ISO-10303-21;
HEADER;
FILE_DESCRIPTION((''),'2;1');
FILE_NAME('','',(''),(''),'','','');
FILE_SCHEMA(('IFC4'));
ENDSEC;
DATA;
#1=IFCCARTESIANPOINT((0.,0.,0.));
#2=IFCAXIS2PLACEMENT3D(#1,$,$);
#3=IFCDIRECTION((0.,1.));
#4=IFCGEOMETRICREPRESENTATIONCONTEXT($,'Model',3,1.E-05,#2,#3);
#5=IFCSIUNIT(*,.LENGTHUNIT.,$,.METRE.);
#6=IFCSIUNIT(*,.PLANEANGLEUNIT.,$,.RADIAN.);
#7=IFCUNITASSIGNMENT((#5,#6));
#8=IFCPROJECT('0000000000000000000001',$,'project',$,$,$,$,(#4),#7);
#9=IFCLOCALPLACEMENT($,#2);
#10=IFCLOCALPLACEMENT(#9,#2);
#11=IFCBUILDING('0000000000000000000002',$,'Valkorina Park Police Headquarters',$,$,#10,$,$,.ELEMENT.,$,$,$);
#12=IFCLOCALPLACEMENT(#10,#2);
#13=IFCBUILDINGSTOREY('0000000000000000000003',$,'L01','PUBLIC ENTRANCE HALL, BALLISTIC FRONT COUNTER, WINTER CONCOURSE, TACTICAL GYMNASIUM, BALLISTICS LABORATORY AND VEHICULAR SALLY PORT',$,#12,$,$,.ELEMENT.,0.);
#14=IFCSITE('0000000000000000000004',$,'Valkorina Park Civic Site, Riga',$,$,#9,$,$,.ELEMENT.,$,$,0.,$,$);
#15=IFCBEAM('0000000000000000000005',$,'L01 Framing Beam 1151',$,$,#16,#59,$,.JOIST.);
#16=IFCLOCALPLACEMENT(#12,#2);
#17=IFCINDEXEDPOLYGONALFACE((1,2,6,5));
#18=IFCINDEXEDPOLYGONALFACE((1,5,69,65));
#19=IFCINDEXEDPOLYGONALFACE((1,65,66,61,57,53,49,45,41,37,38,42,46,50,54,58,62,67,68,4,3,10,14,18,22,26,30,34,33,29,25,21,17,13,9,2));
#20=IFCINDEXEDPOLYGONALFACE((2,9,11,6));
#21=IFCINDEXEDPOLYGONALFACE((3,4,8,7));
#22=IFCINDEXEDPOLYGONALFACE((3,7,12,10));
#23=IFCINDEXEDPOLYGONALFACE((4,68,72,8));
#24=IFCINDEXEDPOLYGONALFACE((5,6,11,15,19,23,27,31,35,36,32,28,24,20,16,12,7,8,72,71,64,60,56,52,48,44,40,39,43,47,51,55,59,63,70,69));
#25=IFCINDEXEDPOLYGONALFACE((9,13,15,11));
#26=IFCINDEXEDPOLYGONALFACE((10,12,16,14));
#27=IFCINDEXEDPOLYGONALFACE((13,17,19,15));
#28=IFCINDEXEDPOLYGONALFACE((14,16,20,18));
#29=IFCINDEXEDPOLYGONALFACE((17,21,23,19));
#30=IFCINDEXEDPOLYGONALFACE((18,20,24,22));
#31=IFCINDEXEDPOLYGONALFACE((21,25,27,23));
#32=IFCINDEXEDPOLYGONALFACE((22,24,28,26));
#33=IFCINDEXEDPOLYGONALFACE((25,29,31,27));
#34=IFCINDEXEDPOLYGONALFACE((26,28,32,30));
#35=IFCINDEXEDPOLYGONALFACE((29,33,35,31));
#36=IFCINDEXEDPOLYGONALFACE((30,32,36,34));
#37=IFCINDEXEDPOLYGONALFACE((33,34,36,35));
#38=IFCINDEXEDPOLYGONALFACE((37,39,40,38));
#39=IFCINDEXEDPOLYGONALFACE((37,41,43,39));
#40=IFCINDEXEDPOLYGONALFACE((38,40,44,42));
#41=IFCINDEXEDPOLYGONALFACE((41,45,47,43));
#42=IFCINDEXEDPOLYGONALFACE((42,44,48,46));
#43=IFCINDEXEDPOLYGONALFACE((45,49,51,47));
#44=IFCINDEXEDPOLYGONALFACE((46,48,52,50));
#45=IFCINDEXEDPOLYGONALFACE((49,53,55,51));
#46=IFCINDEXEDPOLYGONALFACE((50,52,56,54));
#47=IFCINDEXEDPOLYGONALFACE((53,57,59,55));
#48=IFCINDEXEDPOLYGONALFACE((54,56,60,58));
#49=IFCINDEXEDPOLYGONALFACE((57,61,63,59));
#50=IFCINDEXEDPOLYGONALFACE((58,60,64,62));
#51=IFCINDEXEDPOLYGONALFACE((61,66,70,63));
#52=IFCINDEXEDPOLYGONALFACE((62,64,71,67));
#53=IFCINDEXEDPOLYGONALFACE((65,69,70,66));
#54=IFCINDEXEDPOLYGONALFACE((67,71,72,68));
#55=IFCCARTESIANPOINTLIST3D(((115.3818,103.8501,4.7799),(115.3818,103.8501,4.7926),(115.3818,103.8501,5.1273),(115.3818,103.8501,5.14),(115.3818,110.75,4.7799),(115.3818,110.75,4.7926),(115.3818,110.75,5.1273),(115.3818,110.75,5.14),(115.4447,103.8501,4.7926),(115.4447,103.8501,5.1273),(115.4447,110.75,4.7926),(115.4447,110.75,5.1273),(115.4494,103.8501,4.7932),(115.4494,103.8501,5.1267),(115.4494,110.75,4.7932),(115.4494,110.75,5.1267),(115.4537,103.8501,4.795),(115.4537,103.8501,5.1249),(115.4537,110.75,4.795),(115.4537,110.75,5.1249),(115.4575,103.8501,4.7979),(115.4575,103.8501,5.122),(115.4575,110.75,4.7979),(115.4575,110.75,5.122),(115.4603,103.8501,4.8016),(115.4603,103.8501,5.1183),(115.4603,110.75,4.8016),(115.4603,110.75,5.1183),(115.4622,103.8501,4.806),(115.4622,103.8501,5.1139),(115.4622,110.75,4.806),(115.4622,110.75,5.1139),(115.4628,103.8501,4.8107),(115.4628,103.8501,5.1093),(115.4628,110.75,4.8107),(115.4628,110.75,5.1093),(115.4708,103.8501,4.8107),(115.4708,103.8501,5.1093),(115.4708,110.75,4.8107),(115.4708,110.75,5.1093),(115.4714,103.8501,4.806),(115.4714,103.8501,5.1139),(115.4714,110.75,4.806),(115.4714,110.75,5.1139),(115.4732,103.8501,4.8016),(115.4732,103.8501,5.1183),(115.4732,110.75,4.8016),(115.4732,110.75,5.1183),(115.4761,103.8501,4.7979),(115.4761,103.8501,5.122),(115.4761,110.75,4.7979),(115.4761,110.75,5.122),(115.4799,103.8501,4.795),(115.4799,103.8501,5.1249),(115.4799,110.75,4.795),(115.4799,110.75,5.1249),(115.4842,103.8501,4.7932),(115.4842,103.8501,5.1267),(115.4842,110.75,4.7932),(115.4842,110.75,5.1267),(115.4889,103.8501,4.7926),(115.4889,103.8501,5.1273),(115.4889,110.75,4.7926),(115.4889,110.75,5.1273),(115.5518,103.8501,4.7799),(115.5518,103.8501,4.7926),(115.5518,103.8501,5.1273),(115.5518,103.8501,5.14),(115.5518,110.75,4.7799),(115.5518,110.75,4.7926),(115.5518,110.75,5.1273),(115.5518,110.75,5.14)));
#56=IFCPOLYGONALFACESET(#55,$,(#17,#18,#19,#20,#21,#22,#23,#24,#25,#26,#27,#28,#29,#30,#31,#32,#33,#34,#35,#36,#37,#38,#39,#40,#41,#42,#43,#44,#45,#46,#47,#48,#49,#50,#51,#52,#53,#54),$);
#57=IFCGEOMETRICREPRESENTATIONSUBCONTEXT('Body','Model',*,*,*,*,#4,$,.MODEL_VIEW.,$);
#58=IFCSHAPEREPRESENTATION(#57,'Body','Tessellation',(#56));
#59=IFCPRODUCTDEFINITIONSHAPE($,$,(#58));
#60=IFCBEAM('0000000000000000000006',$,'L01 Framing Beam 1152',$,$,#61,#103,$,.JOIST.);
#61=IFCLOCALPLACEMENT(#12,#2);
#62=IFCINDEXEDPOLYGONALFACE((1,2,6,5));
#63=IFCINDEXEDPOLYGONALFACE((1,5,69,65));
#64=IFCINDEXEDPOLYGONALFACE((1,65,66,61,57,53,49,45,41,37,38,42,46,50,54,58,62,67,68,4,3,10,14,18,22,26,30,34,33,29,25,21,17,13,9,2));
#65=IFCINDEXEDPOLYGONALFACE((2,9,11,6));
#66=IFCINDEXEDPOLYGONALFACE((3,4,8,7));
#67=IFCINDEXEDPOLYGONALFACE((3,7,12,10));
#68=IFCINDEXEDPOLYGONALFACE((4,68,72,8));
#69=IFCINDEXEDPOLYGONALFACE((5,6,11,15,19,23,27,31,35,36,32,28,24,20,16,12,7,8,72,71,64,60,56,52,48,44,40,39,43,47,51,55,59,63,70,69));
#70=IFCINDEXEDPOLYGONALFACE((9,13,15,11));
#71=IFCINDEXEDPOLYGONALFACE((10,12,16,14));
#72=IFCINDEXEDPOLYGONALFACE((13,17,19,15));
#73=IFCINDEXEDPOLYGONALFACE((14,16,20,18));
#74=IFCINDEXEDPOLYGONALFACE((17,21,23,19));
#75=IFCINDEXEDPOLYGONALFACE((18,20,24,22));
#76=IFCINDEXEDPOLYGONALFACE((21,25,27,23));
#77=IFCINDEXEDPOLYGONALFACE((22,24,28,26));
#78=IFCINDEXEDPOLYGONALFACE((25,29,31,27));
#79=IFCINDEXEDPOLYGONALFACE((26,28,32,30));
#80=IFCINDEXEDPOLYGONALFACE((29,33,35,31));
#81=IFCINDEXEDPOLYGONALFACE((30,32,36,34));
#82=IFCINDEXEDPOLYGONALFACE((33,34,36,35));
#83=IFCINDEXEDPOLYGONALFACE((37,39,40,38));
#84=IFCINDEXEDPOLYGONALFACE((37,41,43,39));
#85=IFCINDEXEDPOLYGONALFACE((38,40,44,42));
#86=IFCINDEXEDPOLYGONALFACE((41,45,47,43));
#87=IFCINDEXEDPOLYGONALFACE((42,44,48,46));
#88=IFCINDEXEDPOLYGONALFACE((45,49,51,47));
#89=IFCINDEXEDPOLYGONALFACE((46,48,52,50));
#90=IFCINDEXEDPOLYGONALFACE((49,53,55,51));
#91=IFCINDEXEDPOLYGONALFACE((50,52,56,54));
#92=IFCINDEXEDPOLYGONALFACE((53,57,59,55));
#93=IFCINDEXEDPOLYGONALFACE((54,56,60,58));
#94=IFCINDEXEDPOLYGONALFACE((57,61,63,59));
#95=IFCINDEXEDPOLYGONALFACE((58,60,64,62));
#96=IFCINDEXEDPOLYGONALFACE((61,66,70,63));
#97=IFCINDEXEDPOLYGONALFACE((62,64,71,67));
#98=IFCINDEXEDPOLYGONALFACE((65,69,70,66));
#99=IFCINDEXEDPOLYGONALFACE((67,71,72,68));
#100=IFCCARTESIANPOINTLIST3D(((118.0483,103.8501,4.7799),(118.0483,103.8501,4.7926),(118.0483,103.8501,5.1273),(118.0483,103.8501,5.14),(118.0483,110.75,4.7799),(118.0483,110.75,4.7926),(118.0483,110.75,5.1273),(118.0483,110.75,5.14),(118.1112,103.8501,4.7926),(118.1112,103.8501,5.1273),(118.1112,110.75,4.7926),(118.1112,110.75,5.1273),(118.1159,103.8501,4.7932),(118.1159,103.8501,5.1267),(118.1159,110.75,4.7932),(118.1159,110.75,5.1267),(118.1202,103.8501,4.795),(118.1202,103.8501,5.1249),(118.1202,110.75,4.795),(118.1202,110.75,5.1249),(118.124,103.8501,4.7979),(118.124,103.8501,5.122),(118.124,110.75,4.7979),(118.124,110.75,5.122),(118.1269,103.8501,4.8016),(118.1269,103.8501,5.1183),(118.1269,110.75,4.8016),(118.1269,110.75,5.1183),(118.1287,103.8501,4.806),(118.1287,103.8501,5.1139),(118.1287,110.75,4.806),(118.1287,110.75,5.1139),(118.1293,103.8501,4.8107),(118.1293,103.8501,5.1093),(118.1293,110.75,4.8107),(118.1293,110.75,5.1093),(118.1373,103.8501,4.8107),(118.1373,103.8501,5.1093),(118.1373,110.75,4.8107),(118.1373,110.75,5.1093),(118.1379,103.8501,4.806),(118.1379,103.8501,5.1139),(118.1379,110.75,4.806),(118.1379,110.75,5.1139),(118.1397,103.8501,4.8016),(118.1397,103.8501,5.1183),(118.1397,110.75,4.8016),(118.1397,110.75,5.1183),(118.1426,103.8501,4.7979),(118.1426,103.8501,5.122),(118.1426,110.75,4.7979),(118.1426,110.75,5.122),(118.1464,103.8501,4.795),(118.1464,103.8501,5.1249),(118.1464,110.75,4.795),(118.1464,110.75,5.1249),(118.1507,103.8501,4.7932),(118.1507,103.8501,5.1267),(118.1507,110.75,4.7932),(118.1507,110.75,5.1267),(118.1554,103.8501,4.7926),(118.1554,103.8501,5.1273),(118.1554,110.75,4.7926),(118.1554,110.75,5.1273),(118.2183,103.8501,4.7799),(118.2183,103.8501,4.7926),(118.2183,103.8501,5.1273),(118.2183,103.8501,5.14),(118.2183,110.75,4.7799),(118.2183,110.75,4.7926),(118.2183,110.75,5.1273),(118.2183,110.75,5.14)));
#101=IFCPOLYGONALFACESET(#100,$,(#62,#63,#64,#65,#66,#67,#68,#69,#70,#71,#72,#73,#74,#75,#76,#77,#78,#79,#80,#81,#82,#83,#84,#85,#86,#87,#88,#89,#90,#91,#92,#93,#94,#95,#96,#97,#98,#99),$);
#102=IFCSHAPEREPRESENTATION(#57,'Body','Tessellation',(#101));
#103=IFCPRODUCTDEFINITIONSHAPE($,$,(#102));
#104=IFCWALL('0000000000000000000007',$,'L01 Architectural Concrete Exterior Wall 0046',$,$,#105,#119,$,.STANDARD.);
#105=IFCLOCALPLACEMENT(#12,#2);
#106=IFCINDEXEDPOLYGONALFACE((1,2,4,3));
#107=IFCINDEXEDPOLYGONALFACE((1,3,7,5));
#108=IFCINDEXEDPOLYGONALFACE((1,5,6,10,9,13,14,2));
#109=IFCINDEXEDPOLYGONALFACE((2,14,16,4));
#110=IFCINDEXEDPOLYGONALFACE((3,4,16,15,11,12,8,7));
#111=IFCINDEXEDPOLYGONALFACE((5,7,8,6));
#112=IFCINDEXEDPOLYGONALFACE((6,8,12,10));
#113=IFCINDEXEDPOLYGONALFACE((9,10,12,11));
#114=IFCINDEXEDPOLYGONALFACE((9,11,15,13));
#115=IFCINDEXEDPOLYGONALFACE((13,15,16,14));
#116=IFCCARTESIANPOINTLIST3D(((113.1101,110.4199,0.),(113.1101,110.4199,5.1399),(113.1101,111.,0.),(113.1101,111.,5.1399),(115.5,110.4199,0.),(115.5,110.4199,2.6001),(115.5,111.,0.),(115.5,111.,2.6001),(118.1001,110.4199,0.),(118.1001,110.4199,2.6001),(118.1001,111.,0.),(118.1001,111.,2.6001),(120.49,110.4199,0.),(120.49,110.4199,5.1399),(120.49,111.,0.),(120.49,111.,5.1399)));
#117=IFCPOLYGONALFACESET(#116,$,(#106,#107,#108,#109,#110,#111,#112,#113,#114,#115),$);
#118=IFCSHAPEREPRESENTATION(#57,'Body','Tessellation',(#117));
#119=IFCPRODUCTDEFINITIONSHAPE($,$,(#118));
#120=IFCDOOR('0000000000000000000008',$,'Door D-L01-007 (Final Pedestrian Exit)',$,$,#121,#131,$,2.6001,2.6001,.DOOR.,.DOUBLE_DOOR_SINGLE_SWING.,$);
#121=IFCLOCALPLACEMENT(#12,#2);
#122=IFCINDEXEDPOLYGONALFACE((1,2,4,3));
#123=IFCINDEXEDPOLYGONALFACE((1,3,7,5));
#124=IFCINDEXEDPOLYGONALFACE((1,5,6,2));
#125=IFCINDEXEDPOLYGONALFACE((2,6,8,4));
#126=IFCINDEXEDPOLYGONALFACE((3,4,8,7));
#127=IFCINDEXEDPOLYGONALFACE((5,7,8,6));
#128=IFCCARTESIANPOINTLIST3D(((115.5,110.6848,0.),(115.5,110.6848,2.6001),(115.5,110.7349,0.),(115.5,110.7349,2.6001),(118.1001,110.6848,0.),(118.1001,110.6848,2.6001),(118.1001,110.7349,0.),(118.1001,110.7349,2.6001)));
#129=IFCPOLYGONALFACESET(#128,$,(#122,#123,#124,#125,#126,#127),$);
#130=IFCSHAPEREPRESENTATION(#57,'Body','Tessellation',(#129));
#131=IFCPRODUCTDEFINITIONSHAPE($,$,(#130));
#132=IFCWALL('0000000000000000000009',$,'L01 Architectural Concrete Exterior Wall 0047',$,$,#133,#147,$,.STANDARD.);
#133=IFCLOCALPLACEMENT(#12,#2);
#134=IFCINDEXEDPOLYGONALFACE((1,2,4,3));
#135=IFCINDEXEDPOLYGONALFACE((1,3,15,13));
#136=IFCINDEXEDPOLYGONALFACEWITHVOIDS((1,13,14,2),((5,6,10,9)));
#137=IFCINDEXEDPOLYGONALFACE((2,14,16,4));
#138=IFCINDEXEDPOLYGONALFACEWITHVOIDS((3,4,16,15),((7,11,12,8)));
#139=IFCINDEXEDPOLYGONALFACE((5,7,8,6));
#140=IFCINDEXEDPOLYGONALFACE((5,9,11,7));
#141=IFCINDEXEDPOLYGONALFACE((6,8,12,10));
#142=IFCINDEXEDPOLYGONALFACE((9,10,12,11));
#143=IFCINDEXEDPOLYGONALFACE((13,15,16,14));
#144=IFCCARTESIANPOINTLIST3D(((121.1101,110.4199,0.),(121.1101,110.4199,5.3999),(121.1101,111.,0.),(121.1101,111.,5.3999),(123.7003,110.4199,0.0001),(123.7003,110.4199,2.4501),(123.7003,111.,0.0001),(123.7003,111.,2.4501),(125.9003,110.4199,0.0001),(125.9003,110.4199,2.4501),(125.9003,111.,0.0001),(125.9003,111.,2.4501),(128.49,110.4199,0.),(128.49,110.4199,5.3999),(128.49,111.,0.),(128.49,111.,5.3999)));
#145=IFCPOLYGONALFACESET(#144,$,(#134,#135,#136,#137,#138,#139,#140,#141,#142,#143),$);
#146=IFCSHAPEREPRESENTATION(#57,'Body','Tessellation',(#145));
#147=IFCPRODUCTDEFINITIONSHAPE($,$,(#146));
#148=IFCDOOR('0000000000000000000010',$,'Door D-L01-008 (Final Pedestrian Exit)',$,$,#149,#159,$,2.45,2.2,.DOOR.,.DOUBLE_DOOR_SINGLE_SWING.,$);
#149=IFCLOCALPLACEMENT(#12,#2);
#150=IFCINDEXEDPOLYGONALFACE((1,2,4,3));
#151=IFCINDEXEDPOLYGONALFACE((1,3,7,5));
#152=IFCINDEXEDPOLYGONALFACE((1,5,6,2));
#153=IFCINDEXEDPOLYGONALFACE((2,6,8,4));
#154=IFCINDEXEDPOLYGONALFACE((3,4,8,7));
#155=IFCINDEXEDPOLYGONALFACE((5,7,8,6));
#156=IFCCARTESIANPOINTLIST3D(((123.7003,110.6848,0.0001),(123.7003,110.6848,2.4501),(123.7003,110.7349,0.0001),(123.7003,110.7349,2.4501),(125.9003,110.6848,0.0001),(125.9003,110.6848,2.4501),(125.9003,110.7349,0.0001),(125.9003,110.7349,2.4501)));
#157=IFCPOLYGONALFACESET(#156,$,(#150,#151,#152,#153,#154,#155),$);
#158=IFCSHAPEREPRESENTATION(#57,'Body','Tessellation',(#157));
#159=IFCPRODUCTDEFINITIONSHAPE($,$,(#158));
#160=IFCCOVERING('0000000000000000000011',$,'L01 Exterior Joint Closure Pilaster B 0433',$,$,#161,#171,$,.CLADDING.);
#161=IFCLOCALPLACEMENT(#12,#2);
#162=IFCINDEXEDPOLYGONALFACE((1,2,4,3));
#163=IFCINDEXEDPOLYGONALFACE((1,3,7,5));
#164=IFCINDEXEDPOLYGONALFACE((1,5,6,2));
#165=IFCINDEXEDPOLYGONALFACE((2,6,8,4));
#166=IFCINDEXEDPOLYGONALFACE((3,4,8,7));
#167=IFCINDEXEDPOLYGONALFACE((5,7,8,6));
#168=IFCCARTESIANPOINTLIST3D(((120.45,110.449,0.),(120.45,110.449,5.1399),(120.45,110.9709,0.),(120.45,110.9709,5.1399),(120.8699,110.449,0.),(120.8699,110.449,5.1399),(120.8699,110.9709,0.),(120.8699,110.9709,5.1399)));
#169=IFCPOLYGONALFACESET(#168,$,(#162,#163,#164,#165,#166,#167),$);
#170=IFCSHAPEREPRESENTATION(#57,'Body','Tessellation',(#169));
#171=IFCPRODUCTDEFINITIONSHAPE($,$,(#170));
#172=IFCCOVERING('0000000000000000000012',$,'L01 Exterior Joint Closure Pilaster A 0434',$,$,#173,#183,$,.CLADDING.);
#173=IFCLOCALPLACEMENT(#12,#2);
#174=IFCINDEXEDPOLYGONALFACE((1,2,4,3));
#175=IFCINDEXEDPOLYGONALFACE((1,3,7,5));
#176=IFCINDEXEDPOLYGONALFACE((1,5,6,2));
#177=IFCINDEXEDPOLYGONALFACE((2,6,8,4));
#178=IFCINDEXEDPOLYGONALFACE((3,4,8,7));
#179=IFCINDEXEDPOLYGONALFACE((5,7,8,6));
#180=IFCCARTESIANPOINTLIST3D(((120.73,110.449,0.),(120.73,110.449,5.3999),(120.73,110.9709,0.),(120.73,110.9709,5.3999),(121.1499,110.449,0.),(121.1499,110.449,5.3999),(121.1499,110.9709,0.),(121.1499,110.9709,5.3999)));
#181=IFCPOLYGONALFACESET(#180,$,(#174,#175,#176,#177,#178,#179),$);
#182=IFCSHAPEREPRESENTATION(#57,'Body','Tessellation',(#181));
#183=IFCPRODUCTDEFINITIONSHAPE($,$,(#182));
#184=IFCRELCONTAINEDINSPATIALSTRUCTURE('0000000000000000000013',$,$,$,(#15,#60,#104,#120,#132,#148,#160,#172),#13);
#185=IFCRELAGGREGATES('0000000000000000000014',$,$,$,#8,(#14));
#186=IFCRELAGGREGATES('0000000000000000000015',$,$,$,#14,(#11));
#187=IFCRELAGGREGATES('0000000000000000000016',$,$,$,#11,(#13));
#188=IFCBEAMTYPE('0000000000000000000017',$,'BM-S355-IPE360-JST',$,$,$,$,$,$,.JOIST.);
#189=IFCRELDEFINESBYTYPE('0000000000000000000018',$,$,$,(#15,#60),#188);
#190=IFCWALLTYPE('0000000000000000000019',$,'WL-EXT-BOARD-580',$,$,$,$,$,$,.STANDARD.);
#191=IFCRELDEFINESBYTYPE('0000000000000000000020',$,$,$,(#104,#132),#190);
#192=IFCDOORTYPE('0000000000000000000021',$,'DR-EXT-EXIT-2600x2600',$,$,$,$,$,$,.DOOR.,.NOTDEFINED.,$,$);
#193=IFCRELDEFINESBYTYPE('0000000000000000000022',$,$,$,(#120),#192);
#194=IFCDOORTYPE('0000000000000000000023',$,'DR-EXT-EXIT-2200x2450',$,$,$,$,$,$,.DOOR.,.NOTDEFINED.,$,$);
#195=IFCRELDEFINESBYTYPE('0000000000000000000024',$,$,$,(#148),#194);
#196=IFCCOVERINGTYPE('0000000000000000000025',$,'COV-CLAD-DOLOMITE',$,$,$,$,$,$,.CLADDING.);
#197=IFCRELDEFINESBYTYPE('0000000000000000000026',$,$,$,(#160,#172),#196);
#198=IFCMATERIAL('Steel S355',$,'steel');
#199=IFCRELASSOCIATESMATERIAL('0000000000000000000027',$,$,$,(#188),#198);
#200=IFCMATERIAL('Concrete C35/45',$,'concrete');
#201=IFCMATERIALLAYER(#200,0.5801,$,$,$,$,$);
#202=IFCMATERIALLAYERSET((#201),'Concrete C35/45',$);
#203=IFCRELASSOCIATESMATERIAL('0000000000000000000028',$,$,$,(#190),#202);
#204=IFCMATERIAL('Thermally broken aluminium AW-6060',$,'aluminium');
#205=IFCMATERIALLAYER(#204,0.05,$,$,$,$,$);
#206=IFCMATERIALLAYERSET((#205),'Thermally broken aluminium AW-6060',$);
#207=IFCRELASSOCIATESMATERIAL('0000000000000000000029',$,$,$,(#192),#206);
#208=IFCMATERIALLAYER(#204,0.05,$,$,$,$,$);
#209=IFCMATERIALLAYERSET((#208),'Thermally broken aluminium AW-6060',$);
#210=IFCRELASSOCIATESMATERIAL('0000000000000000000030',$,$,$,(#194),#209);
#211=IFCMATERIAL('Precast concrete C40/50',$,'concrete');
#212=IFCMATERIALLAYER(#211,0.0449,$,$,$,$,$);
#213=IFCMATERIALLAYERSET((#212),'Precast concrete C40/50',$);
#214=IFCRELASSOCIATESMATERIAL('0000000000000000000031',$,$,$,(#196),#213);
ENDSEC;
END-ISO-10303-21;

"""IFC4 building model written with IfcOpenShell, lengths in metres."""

from ifc_helpers import new_model, si_unit, direction, frame, frame_2d, origin, origin_2d, place, context, subcontext, project, spatial, rectangle, i_section, extrude, material, layer, layer_set, material_profile, profile_set, type_object, element, fill, save


model = new_model("IFC4")

# Units and contexts
model_context = context("Model", 3, precision=1e-05, world=origin(), true_north=direction((0.0, 1.0)))
body_context = subcontext(model_context, "Body", "Model", "MODEL_VIEW")
ifc_project = project(units=[si_unit("LENGTHUNIT", "METRE"), si_unit("PLANEANGLEUNIT", "RADIAN")], contexts=[model_context])

# Site, building, storey
site_placement = place(None, origin())
site = spatial("IfcSite", under=ifc_project, at=site_placement, Name="Valkorina Park Civic Site, Riga", CompositionType="ELEMENT", RefElevation=0.0)
building_placement = place(site_placement, origin())
building = spatial("IfcBuilding", under=site, at=building_placement, Name="Valkorina Park Police Headquarters", CompositionType="ELEMENT")
storey_placement = place(building_placement, origin())
storey = spatial("IfcBuildingStorey", under=building, at=storey_placement, Name="L01", Description="PUBLIC ENTRANCE HALL, BALLISTIC FRONT COUNTER, WINTER CONCOURSE, TACTICAL GYMNASIUM, BALLISTICS LABORATORY AND VEHICULAR SALLY PORT", CompositionType="ELEMENT", Elevation=0.0)

# Beams
ifc_material_1 = material(Name="Steel S355", Category="steel")
ifc_material_profile_1 = material_profile(ifc_material_1, i_section(OverallWidth=0.1699, OverallDepth=0.3601, WebThickness=0.0081, FlangeThickness=0.0127, FilletRadius=0.0181, at=origin_2d()), Name="IPE 360")
ifc_profile_set_1 = profile_set([ifc_material_profile_1], Name="Steel S355")
beam_type_1 = type_object("IfcBeamType", Name="BM-S355-IPE360-JST", PredefinedType="JOIST", material=ifc_profile_set_1)
for number, where, z_axis, x_axis, name in (
    (1, (115.4668, 103.8501, 4.96), (0.0, 1.0, 0.0), (-1.0, 0.0, 0.0), "L01 Framing Beam 1151"),
    (2, (118.1333, 103.8501, 4.96), (0.0, 1.0, 0.0), (-1.0, 0.0, 0.0), "L01 Framing Beam 1152"),
):
    element("IfcBeam", number, at=place(storey_placement, frame(where, z_axis=z_axis, x_axis=x_axis)), inside=storey, type_object=beam_type_1, Name=name, PredefinedType="JOIST", context=body_context, shape_type="SweptSolid", body=[
        extrude(i_section(OverallWidth=0.1699, OverallDepth=0.3601, WebThickness=0.0081, FlangeThickness=0.0127, FilletRadius=0.0181, at=origin_2d()), origin(), (0.0, 0.0, 1.0), 6.8999),
    ])

# Walls, openings, doors
ifc_material_2 = material(Name="Concrete C35/45", Category="concrete")
ifc_layer_1 = layer(ifc_material_2, 0.5801)
ifc_layer_set_1 = layer_set([ifc_layer_1], Name="Concrete C35/45")
wall_type = type_object("IfcWallType", Name="WL-EXT-BOARD-580", PredefinedType="STANDARD", material=ifc_layer_set_1)
wall_1_placement = place(storey_placement, frame((113.1101, 110.71, 0.0), z_axis=(0.0, 0.0, 1.0), x_axis=(1.0, 0.0, 0.0)))
wall_1 = element("IfcWall", 3, at=wall_1_placement, inside=storey, type_object=wall_type, Name="L01 Architectural Concrete Exterior Wall 0046", PredefinedType="STANDARD", context=body_context, shape_type="SweptSolid", body=[
    extrude(rectangle(XDim=7.3799, YDim=0.5801, at=frame_2d((3.6899, 0.0))), origin(), (0.0, 0.0, 1.0), 5.1399),
])
opening_1_placement = place(wall_1_placement, frame((2.3899, 0.0, 0.0)))
opening_1 = element("IfcOpeningElement", 4, at=opening_1_placement, cuts=wall_1, PredefinedType="OPENING", context=body_context, shape_type="SweptSolid", body=[
    extrude(rectangle(XDim=2.6001, YDim=2.6001, at=frame_2d((1.3, 1.3))), frame((0.0, 0.3, 0.0), z_axis=(0.0, -1.0, 0.0), x_axis=(1.0, 0.0, 0.0)), (0.0, 0.0, 1.0), 0.6001),
])
ifc_material_3 = material(Name="Thermally broken aluminium AW-6060", Category="aluminium")
ifc_layer_2 = layer(ifc_material_3, 0.05)
ifc_layer_set_2 = layer_set([ifc_layer_2], Name="Thermally broken aluminium AW-6060")
door_type_1 = type_object("IfcDoorType", Name="DR-EXT-EXIT-2600x2600", OperationType="NOTDEFINED", PredefinedType="DOOR", material=ifc_layer_set_2)
door_1_placement = place(opening_1_placement, origin())
door_1 = element("IfcDoor", 5, at=door_1_placement, inside=storey, type_object=door_type_1, Name="Door D-L01-007 (Final Pedestrian Exit)", OperationType="DOUBLE_DOOR_SINGLE_SWING", OverallHeight=2.6001, OverallWidth=2.6001, PredefinedType="DOOR", context=body_context, shape_type="SweptSolid", body=[
    extrude(rectangle(XDim=2.6001, YDim=2.6001, at=frame_2d((1.3, 1.3))), frame((0.0, 0.0249, 0.0), z_axis=(0.0, -1.0, 0.0), x_axis=(1.0, 0.0, 0.0)), (0.0, 0.0, 1.0), 0.05),
])
fill(opening_1, door_1)
wall_2_placement = place(storey_placement, frame((121.1101, 110.71, 0.0), z_axis=(0.0, 0.0, 1.0), x_axis=(1.0, 0.0, 0.0)))
wall_2 = element("IfcWall", 6, at=wall_2_placement, inside=storey, type_object=wall_type, Name="L01 Architectural Concrete Exterior Wall 0047", PredefinedType="STANDARD", context=body_context, shape_type="SweptSolid", body=[
    extrude(rectangle(XDim=7.3799, YDim=0.5801, at=frame_2d((3.6899, 0.0))), origin(), (0.0, 0.0, 1.0), 5.3999),
])
opening_2_placement = place(wall_2_placement, frame((2.5901, 0.0, 0.0)))
opening_2 = element("IfcOpeningElement", 7, at=opening_2_placement, cuts=wall_2, PredefinedType="OPENING", context=body_context, shape_type="SweptSolid", body=[
    extrude(rectangle(XDim=2.2, YDim=2.45, at=frame_2d((1.1001, 1.2251))), frame((0.0, 0.3, 0.0), z_axis=(0.0, -1.0, 0.0), x_axis=(1.0, 0.0, 0.0)), (0.0, 0.0, 1.0), 0.6001),
])
ifc_layer_3 = layer(ifc_material_3, 0.05)
ifc_layer_set_3 = layer_set([ifc_layer_3], Name="Thermally broken aluminium AW-6060")
door_type_2 = type_object("IfcDoorType", Name="DR-EXT-EXIT-2200x2450", OperationType="NOTDEFINED", PredefinedType="DOOR", material=ifc_layer_set_3)
door_2_placement = place(opening_2_placement, origin())
door_2 = element("IfcDoor", 8, at=door_2_placement, inside=storey, type_object=door_type_2, Name="Door D-L01-008 (Final Pedestrian Exit)", OperationType="DOUBLE_DOOR_SINGLE_SWING", OverallHeight=2.45, OverallWidth=2.2, PredefinedType="DOOR", context=body_context, shape_type="SweptSolid", body=[
    extrude(rectangle(XDim=2.2, YDim=2.45, at=frame_2d((1.1001, 1.2251))), frame((0.0, 0.0249, 0.0), z_axis=(0.0, -1.0, 0.0), x_axis=(1.0, 0.0, 0.0)), (0.0, 0.0, 1.0), 0.05),
])
fill(opening_2, door_2)

# Coverings
ifc_material_4 = material(Name="Precast concrete C40/50", Category="concrete")
ifc_layer_4 = layer(ifc_material_4, 0.0449)
ifc_layer_set_4 = layer_set([ifc_layer_4], Name="Precast concrete C40/50")
covering_type = type_object("IfcCoveringType", Name="COV-CLAD-DOLOMITE", PredefinedType="CLADDING", material=ifc_layer_set_4)
covering_placement = place(storey_placement, frame((120.6599, 110.71, 0.0), z_axis=(0.0, 0.0, 1.0), x_axis=(1.0, 0.0, 0.0)))
element("IfcCovering", 9, at=covering_placement, inside=storey, type_object=covering_type, Name="L01 Exterior Joint Closure Pilaster B 0433", PredefinedType="CLADDING", context=body_context, shape_type="SweptSolid", body=[
    extrude(rectangle(XDim=0.4199, YDim=0.522, at=origin_2d()), origin(), (0.0, 0.0, 1.0), 5.1399),
])
for number, where, z_axis, x_axis, name in (
    (10, (120.9399, 110.71, 0.0), (0.0, 0.0, 1.0), (1.0, 0.0, 0.0), "L01 Exterior Joint Closure Pilaster A 0434"),
):
    element("IfcCovering", number, at=place(storey_placement, frame(where, z_axis=z_axis, x_axis=x_axis)), inside=storey, type_object=covering_type, Name=name, PredefinedType="CLADDING", context=body_context, shape_type="SweptSolid", body=[
        extrude(rectangle(XDim=0.4199, YDim=0.522, at=origin_2d()), origin(), (0.0, 0.0, 1.0), 5.3999),
    ])

save(model, "model.ifc")
